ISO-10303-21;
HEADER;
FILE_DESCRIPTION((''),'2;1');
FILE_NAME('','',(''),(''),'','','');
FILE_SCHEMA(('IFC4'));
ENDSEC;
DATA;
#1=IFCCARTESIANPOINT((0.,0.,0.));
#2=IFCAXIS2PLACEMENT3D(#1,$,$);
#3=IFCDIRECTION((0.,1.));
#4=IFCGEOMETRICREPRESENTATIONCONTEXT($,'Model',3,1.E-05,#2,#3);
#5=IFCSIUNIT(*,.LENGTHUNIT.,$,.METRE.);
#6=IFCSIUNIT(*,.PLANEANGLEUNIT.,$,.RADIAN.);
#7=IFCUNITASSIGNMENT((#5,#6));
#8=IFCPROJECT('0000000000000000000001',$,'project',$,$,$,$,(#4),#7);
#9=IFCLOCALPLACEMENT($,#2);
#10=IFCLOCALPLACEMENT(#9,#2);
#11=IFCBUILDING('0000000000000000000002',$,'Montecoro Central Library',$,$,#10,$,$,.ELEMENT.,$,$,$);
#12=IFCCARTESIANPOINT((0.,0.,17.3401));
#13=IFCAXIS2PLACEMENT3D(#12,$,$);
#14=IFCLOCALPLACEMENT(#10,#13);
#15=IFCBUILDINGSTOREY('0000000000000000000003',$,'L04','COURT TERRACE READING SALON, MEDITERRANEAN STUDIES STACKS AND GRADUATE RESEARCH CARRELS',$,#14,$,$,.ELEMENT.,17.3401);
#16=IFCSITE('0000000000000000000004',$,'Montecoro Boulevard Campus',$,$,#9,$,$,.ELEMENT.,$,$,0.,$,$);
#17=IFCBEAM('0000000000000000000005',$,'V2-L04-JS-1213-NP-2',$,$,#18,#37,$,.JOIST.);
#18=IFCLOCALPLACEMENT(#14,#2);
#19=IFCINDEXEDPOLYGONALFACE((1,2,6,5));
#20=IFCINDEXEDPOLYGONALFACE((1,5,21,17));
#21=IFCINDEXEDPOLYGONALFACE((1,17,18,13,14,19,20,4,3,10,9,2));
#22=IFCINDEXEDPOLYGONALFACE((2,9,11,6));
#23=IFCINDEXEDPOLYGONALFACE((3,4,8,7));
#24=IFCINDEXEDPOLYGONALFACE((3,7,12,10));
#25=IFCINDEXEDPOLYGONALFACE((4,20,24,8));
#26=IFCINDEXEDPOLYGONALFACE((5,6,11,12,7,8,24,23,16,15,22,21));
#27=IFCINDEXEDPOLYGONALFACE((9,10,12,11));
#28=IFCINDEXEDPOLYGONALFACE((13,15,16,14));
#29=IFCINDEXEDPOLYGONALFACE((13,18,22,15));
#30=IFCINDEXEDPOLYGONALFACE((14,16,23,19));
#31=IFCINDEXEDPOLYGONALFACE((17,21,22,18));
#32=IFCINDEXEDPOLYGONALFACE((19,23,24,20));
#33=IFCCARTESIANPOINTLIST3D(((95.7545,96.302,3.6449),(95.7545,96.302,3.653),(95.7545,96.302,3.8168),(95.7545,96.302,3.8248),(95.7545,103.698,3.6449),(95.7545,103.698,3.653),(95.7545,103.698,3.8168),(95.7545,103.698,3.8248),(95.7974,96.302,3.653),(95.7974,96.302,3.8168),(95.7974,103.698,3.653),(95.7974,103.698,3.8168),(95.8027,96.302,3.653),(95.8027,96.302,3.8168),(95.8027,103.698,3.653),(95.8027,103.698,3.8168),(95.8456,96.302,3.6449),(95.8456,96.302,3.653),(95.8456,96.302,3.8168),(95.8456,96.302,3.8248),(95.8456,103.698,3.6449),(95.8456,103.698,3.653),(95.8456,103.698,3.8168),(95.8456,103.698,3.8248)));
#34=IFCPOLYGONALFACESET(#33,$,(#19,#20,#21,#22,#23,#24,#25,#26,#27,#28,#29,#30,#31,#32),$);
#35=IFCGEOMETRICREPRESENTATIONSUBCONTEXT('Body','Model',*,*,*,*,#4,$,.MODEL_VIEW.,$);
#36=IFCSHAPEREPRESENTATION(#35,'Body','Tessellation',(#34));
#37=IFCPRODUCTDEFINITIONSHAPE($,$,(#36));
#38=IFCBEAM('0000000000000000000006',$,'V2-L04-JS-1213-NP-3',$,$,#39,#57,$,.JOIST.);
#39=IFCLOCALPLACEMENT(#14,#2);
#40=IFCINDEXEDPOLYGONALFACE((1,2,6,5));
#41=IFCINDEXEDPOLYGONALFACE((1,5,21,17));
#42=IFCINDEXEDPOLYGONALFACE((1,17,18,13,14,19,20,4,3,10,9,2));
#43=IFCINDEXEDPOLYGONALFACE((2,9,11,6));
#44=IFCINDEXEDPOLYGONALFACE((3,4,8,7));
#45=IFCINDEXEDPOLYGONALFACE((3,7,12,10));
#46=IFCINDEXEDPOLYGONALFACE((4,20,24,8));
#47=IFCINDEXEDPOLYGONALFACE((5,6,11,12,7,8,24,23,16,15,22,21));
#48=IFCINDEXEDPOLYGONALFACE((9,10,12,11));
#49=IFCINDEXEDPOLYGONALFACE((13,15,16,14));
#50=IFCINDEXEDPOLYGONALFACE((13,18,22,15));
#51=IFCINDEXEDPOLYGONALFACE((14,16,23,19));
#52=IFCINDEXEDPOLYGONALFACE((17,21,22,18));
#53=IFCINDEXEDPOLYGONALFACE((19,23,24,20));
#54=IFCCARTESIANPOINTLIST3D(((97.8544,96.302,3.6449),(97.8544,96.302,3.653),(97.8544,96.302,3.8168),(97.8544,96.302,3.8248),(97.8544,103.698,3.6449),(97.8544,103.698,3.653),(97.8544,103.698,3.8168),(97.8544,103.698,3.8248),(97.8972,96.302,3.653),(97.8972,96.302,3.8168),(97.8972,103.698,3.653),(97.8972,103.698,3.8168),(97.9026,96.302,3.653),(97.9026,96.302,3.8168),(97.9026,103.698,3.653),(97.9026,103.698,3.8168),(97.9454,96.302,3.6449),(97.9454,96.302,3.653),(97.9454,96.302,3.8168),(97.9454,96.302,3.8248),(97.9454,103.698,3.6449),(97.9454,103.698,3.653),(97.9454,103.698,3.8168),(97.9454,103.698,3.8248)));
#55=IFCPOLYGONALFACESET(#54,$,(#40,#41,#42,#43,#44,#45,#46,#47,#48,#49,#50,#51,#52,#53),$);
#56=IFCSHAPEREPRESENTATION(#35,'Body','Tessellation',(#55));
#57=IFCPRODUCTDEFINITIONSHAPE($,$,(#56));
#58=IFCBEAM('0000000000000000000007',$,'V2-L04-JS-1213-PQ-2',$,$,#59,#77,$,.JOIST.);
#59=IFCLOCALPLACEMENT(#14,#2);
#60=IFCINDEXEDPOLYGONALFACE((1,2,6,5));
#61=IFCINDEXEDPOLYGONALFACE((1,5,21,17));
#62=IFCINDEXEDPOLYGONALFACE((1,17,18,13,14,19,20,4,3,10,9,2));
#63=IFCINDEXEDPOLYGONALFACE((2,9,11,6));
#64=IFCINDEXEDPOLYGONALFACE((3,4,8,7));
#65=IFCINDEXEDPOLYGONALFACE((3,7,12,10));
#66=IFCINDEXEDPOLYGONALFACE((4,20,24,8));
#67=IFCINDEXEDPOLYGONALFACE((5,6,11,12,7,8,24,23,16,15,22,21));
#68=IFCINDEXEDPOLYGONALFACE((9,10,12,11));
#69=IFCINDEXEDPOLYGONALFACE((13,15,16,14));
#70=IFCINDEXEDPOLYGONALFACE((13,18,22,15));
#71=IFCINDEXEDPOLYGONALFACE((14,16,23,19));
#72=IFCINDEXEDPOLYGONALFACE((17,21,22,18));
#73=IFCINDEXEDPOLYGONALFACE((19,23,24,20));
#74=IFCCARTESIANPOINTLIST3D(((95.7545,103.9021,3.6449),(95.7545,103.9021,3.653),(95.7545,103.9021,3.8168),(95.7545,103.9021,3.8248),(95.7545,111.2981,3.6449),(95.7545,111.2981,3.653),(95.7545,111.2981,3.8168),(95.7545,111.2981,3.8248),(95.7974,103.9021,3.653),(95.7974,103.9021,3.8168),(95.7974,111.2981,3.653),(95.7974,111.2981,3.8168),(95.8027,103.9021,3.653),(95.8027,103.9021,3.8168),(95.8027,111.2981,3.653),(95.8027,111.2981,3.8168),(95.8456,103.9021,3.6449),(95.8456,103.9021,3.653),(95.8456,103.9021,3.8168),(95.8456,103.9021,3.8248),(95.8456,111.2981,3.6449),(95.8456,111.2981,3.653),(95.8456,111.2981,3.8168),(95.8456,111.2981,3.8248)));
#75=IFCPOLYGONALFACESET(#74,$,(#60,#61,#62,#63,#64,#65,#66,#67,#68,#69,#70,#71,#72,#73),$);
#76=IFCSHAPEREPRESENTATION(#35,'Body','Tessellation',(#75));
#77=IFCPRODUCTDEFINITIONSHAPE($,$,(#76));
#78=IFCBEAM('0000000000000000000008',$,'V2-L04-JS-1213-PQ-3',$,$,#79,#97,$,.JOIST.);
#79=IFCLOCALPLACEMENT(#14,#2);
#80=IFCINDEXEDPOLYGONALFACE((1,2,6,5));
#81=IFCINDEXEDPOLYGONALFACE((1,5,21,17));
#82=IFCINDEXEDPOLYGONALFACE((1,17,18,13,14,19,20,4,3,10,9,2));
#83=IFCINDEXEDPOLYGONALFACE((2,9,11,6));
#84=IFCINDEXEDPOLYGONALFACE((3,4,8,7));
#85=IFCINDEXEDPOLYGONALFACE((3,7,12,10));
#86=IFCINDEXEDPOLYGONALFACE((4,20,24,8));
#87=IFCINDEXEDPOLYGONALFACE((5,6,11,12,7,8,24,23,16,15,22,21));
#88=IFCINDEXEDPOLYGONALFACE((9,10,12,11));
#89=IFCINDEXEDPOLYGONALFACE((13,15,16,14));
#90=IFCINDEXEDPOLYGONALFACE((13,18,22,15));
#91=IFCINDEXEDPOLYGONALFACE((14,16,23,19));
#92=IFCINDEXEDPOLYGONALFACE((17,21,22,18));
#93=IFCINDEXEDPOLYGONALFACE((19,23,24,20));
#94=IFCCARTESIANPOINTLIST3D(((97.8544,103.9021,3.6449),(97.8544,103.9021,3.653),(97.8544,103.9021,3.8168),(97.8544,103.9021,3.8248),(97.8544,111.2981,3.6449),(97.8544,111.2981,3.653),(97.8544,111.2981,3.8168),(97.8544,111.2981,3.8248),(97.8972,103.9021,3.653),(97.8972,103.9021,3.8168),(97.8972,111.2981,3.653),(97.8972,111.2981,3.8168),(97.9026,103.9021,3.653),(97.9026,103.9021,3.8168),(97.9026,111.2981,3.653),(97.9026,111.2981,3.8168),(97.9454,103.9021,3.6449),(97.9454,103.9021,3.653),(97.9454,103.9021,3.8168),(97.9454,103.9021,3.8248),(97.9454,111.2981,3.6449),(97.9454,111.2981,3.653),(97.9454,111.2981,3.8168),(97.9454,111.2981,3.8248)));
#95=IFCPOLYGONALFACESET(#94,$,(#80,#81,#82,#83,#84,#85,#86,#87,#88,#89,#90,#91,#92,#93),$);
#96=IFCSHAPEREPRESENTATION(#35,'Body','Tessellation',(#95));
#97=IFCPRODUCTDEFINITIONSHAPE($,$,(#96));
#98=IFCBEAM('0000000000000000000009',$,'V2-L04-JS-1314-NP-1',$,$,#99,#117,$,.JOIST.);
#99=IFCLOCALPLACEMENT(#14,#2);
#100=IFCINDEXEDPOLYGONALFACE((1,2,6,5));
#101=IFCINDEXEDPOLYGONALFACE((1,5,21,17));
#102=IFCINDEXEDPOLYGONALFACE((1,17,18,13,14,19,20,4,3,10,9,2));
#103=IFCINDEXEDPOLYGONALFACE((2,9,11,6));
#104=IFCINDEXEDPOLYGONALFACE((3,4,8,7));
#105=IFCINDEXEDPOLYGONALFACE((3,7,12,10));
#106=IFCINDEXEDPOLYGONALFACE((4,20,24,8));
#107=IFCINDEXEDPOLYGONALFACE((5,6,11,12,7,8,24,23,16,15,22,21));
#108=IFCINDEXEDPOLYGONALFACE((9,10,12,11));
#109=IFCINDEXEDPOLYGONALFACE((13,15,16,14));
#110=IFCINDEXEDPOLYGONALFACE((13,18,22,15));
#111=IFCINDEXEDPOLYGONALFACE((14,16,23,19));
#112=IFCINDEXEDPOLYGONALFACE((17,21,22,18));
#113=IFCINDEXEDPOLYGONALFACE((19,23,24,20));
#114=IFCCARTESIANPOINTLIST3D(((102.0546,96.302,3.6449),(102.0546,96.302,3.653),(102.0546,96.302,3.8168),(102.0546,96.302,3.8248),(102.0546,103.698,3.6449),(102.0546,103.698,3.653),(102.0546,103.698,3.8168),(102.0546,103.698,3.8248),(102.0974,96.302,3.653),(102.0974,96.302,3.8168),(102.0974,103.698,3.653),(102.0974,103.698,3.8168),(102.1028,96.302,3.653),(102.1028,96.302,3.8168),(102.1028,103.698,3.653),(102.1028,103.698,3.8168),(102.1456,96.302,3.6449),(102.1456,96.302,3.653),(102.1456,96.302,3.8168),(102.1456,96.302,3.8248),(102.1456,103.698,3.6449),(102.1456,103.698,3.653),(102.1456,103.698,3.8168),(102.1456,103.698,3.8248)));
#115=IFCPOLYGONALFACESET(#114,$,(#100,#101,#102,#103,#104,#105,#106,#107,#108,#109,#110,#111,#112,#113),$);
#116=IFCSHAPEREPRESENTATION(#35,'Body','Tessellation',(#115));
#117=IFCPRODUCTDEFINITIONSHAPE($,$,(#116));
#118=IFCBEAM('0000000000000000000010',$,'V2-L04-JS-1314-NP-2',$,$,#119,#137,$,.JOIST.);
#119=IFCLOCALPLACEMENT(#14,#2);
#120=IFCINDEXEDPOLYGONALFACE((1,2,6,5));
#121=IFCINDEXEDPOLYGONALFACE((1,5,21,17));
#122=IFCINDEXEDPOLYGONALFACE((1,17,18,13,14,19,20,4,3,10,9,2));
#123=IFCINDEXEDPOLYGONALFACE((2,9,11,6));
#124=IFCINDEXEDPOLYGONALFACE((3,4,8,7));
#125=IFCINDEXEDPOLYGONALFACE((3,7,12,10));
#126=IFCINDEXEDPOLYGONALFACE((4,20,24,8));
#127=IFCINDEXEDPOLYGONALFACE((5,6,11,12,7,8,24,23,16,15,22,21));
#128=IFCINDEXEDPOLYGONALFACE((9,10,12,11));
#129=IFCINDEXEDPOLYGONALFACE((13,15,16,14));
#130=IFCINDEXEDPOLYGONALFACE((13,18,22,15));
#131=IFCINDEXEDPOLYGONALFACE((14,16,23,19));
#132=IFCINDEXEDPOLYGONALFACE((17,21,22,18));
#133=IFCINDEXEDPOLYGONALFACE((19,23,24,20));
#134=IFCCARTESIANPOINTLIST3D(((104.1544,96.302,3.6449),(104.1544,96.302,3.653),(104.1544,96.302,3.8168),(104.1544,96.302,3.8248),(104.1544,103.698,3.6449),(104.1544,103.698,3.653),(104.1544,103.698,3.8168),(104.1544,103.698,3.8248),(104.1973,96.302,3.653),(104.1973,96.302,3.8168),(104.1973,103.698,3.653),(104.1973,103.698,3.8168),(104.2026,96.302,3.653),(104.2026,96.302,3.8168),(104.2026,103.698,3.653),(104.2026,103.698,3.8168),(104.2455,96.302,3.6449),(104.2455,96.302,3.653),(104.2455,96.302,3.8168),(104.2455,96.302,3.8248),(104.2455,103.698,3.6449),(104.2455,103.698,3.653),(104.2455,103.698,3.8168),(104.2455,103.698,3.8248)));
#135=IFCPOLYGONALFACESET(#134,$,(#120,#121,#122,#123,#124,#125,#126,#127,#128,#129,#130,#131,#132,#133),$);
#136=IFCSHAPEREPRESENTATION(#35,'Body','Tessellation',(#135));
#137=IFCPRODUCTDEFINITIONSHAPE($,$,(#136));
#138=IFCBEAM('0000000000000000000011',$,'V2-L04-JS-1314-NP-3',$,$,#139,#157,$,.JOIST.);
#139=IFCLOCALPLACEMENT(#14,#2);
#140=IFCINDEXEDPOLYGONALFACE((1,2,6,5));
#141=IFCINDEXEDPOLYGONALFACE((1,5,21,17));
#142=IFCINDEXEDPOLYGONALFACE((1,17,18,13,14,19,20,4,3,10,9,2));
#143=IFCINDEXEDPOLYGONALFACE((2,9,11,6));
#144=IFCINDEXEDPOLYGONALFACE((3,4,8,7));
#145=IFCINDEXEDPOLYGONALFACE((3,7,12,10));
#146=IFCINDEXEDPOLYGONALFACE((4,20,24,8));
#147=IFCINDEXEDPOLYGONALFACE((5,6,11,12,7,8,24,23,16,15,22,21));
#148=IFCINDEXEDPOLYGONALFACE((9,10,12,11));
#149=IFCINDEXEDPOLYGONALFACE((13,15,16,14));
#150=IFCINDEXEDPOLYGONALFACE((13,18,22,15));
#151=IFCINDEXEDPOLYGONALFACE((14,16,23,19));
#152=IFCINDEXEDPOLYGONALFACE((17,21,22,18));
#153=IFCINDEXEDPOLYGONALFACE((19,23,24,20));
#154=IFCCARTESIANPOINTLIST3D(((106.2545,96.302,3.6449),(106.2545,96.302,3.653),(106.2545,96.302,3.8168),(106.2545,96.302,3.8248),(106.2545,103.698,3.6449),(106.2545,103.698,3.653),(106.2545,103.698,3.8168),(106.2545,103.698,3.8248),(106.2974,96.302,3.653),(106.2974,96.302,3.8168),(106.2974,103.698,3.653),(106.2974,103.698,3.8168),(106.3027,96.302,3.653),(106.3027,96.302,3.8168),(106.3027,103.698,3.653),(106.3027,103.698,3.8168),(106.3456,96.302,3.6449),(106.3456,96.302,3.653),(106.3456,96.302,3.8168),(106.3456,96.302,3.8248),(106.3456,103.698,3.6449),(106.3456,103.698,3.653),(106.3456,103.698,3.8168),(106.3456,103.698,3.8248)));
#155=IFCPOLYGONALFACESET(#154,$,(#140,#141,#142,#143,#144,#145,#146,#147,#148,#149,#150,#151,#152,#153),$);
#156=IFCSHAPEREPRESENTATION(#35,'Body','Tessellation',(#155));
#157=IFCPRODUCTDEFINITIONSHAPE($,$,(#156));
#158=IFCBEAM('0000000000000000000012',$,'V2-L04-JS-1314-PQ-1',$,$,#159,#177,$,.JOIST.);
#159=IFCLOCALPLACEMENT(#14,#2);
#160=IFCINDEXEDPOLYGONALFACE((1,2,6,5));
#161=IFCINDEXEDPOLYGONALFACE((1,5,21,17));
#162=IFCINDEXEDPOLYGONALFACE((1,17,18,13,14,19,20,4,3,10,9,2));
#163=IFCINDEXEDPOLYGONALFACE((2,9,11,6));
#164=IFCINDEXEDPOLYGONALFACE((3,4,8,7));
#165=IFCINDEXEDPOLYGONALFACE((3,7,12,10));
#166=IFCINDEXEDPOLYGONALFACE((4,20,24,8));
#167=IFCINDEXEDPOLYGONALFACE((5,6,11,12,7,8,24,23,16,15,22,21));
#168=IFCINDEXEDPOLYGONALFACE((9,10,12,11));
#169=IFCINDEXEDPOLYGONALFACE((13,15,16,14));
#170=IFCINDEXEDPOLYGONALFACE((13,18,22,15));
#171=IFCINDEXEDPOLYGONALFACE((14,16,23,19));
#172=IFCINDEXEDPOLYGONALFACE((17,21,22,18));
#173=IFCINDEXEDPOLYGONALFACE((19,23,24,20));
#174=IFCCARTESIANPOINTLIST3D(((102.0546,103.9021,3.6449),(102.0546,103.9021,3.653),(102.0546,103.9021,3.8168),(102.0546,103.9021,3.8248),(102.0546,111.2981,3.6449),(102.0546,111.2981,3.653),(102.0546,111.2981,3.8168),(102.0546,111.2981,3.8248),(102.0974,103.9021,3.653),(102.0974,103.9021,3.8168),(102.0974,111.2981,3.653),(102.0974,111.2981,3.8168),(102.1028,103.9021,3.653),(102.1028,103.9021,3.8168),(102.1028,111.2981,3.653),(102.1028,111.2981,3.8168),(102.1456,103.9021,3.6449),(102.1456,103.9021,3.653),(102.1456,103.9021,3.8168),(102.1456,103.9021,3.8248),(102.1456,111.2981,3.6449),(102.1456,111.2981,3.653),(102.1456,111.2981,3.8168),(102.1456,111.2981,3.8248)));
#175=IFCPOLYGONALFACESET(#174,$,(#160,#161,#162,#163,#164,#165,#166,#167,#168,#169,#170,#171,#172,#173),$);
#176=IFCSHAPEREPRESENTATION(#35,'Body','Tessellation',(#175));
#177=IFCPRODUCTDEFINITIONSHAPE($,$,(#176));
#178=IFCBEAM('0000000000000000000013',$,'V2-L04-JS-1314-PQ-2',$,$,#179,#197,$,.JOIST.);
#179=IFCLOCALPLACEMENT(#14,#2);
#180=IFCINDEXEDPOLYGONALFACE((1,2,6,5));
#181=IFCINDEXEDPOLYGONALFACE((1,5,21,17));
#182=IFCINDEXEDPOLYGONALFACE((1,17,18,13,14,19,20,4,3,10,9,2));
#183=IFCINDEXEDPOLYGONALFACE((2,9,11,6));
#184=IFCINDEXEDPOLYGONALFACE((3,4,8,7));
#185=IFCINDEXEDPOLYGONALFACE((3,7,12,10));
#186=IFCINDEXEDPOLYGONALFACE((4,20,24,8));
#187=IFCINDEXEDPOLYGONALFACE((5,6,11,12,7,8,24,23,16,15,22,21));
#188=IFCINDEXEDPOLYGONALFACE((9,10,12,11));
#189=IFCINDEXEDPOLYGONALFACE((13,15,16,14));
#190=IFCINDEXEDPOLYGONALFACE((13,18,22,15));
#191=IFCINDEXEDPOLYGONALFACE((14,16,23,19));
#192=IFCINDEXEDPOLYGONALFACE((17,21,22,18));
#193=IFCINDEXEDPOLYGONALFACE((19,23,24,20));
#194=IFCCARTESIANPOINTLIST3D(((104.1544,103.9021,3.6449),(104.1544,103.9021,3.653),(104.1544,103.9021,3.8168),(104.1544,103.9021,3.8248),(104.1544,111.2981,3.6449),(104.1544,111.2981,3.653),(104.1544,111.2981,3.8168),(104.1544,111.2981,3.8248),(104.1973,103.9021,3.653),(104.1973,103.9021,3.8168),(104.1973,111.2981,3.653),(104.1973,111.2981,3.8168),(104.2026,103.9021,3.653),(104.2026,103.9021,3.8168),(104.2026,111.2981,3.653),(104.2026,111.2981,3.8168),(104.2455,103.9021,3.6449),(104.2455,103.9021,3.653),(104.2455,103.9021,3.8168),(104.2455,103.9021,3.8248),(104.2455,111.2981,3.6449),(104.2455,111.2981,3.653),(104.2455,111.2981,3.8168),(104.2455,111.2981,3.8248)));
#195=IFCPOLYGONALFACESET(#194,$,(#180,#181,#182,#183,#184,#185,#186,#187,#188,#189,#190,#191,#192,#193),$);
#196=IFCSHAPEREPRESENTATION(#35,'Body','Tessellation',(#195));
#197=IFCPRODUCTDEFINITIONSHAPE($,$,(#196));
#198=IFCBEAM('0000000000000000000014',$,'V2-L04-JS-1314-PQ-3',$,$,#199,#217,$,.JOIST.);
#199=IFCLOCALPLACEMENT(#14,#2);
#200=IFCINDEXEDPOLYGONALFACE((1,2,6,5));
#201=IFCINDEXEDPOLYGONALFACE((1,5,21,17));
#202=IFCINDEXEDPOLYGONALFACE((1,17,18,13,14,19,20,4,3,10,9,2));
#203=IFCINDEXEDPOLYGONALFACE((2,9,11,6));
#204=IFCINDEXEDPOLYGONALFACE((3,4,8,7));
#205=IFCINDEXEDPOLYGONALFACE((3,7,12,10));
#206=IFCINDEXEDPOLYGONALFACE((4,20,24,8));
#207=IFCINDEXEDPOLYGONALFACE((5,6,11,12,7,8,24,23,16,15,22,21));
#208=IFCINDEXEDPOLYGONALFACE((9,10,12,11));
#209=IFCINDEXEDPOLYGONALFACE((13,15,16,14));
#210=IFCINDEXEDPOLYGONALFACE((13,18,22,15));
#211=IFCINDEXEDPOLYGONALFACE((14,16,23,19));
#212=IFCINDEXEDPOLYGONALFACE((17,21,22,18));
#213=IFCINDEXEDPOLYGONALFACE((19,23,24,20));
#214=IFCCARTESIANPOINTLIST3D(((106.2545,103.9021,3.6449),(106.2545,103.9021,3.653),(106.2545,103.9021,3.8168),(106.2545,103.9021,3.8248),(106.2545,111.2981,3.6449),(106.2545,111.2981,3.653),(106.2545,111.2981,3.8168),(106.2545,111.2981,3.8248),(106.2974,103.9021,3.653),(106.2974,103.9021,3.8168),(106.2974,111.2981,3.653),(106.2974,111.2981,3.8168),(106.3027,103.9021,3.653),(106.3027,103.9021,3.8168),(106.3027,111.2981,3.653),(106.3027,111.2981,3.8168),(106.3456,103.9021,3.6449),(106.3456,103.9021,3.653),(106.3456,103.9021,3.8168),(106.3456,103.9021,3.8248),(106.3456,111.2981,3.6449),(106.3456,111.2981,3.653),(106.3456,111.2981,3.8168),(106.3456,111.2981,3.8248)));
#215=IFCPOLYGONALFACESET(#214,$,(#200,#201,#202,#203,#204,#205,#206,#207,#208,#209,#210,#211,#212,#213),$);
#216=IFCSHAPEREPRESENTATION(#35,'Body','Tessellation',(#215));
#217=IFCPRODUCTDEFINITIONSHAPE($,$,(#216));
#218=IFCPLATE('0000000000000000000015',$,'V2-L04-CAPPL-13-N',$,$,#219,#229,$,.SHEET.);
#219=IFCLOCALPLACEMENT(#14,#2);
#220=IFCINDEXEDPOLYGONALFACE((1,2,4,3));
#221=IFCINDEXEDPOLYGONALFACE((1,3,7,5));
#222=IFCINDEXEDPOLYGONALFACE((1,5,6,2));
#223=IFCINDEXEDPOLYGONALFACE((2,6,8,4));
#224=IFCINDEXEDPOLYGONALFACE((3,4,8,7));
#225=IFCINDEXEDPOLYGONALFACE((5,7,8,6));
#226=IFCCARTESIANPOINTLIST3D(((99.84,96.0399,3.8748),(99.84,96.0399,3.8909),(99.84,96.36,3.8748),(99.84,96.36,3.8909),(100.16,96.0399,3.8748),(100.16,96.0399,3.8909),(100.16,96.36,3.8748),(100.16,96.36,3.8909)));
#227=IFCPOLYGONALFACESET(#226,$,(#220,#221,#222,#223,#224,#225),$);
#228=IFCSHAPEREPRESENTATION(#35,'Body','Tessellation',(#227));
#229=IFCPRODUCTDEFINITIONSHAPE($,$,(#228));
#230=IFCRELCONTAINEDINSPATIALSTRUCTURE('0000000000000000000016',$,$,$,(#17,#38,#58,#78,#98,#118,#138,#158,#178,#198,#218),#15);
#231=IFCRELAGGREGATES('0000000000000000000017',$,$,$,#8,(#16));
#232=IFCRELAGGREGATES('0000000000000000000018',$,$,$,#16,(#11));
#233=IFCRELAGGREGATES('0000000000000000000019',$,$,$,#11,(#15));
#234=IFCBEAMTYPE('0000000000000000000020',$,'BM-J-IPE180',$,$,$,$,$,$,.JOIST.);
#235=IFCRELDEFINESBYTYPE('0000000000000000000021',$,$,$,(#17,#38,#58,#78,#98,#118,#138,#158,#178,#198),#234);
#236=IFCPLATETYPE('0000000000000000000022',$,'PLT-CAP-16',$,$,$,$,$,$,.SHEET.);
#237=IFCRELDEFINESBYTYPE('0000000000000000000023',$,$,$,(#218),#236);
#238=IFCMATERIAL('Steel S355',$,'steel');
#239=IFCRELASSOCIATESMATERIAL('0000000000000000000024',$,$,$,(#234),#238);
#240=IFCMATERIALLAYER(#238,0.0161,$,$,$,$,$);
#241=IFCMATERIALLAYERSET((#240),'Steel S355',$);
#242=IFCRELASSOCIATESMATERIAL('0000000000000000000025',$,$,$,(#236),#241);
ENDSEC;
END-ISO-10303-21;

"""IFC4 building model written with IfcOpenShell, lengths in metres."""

from ifc_helpers import new_model, si_unit, direction, frame, origin, origin_2d, place, context, subcontext, project, spatial, rectangle, i_section, extrude, material, layer, layer_set, material_profile, profile_set, type_object, element, save


model = new_model("IFC4")

# Units and contexts
model_context = context("Model", 3, precision=1e-05, world=origin(), true_north=direction((0.0, 1.0)))
body_context = subcontext(model_context, "Body", "Model", "MODEL_VIEW")
ifc_project = project(units=[si_unit("LENGTHUNIT", "METRE"), si_unit("PLANEANGLEUNIT", "RADIAN")], contexts=[model_context])

# Site, building, storey
site_placement = place(None, origin())
site = spatial("IfcSite", under=ifc_project, at=site_placement, Name="Montecoro Boulevard Campus", CompositionType="ELEMENT", RefElevation=0.0)
building_placement = place(site_placement, origin())
building = spatial("IfcBuilding", under=site, at=building_placement, Name="Montecoro Central Library", CompositionType="ELEMENT")
storey_placement = place(building_placement, frame((0.0, 0.0, 17.3401)))
storey = spatial("IfcBuildingStorey", under=building, at=storey_placement, Name="L04", Description="COURT TERRACE READING SALON, MEDITERRANEAN STUDIES STACKS AND GRADUATE RESEARCH CARRELS", CompositionType="ELEMENT", Elevation=17.3401)

# Shared definitions
ifc_material_1 = material(Name="Steel S355", Category="steel")

# Beams
ifc_material_profile_1 = material_profile(ifc_material_1, i_section(OverallWidth=0.0911, OverallDepth=0.1799, WebThickness=0.0054, FlangeThickness=0.0081, at=origin_2d()), Name="IPE 180")
ifc_profile_set_1 = profile_set([ifc_material_profile_1], Name="Steel S355")
beam_type_1 = type_object("IfcBeamType", Name="BM-J-IPE180", PredefinedType="JOIST", material=ifc_profile_set_1)
for number, where, z_axis, x_axis, name in (
    (1, (95.8, 96.302, 3.7349), (0.0, 1.0, 0.0), (-1.0, 0.0, 0.0), "V2-L04-JS-1213-NP-2"),
    (2, (97.8999, 96.302, 3.7349), (0.0, 1.0, 0.0), (-1.0, 0.0, 0.0), "V2-L04-JS-1213-NP-3"),
    (3, (95.8, 103.9021, 3.7349), (0.0, 1.0, 0.0), (-1.0, 0.0, 0.0), "V2-L04-JS-1213-PQ-2"),
    (4, (97.8999, 103.9021, 3.7349), (0.0, 1.0, 0.0), (-1.0, 0.0, 0.0), "V2-L04-JS-1213-PQ-3"),
    (5, (102.1001, 96.302, 3.7349), (0.0, 1.0, 0.0), (-1.0, 0.0, 0.0), "V2-L04-JS-1314-NP-1"),
    (6, (104.2, 96.302, 3.7349), (0.0, 1.0, 0.0), (-1.0, 0.0, 0.0), "V2-L04-JS-1314-NP-2"),
    (7, (106.3, 96.302, 3.7349), (0.0, 1.0, 0.0), (-1.0, 0.0, 0.0), "V2-L04-JS-1314-NP-3"),
    (8, (102.1001, 103.9021, 3.7349), (0.0, 1.0, 0.0), (-1.0, 0.0, 0.0), "V2-L04-JS-1314-PQ-1"),
    (9, (104.2, 103.9021, 3.7349), (0.0, 1.0, 0.0), (-1.0, 0.0, 0.0), "V2-L04-JS-1314-PQ-2"),
    (10, (106.3, 103.9021, 3.7349), (0.0, 1.0, 0.0), (-1.0, 0.0, 0.0), "V2-L04-JS-1314-PQ-3"),
):
    element("IfcBeam", number, at=place(storey_placement, frame(where, z_axis=z_axis, x_axis=x_axis)), inside=storey, type_object=beam_type_1, Name=name, PredefinedType="JOIST", context=body_context, shape_type="SweptSolid", body=[
        extrude(i_section(OverallWidth=0.0911, OverallDepth=0.1799, WebThickness=0.0054, FlangeThickness=0.0081, at=origin_2d()), origin(), (0.0, 0.0, 1.0), 7.396),
    ])

# Plate
ifc_layer_1 = layer(ifc_material_1, 0.0161)
ifc_layer_set_1 = layer_set([ifc_layer_1], Name="Steel S355")
plate_type = type_object("IfcPlateType", Name="PLT-CAP-16", PredefinedType="SHEET", material=ifc_layer_set_1)
plate_placement = place(storey_placement, frame((100.0, 96.2, 3.8748), z_axis=(0.0, 0.0, 1.0), x_axis=(1.0, 0.0, 0.0)))
element("IfcPlate", 11, at=plate_placement, inside=storey, type_object=plate_type, Name="V2-L04-CAPPL-13-N", PredefinedType="SHEET", context=body_context, shape_type="SweptSolid", body=[
    extrude(rectangle(XDim=0.3201, YDim=0.3201, at=origin_2d()), origin(), (0.0, 0.0, 1.0), 0.0161),
])

save(model, "model.ifc")
